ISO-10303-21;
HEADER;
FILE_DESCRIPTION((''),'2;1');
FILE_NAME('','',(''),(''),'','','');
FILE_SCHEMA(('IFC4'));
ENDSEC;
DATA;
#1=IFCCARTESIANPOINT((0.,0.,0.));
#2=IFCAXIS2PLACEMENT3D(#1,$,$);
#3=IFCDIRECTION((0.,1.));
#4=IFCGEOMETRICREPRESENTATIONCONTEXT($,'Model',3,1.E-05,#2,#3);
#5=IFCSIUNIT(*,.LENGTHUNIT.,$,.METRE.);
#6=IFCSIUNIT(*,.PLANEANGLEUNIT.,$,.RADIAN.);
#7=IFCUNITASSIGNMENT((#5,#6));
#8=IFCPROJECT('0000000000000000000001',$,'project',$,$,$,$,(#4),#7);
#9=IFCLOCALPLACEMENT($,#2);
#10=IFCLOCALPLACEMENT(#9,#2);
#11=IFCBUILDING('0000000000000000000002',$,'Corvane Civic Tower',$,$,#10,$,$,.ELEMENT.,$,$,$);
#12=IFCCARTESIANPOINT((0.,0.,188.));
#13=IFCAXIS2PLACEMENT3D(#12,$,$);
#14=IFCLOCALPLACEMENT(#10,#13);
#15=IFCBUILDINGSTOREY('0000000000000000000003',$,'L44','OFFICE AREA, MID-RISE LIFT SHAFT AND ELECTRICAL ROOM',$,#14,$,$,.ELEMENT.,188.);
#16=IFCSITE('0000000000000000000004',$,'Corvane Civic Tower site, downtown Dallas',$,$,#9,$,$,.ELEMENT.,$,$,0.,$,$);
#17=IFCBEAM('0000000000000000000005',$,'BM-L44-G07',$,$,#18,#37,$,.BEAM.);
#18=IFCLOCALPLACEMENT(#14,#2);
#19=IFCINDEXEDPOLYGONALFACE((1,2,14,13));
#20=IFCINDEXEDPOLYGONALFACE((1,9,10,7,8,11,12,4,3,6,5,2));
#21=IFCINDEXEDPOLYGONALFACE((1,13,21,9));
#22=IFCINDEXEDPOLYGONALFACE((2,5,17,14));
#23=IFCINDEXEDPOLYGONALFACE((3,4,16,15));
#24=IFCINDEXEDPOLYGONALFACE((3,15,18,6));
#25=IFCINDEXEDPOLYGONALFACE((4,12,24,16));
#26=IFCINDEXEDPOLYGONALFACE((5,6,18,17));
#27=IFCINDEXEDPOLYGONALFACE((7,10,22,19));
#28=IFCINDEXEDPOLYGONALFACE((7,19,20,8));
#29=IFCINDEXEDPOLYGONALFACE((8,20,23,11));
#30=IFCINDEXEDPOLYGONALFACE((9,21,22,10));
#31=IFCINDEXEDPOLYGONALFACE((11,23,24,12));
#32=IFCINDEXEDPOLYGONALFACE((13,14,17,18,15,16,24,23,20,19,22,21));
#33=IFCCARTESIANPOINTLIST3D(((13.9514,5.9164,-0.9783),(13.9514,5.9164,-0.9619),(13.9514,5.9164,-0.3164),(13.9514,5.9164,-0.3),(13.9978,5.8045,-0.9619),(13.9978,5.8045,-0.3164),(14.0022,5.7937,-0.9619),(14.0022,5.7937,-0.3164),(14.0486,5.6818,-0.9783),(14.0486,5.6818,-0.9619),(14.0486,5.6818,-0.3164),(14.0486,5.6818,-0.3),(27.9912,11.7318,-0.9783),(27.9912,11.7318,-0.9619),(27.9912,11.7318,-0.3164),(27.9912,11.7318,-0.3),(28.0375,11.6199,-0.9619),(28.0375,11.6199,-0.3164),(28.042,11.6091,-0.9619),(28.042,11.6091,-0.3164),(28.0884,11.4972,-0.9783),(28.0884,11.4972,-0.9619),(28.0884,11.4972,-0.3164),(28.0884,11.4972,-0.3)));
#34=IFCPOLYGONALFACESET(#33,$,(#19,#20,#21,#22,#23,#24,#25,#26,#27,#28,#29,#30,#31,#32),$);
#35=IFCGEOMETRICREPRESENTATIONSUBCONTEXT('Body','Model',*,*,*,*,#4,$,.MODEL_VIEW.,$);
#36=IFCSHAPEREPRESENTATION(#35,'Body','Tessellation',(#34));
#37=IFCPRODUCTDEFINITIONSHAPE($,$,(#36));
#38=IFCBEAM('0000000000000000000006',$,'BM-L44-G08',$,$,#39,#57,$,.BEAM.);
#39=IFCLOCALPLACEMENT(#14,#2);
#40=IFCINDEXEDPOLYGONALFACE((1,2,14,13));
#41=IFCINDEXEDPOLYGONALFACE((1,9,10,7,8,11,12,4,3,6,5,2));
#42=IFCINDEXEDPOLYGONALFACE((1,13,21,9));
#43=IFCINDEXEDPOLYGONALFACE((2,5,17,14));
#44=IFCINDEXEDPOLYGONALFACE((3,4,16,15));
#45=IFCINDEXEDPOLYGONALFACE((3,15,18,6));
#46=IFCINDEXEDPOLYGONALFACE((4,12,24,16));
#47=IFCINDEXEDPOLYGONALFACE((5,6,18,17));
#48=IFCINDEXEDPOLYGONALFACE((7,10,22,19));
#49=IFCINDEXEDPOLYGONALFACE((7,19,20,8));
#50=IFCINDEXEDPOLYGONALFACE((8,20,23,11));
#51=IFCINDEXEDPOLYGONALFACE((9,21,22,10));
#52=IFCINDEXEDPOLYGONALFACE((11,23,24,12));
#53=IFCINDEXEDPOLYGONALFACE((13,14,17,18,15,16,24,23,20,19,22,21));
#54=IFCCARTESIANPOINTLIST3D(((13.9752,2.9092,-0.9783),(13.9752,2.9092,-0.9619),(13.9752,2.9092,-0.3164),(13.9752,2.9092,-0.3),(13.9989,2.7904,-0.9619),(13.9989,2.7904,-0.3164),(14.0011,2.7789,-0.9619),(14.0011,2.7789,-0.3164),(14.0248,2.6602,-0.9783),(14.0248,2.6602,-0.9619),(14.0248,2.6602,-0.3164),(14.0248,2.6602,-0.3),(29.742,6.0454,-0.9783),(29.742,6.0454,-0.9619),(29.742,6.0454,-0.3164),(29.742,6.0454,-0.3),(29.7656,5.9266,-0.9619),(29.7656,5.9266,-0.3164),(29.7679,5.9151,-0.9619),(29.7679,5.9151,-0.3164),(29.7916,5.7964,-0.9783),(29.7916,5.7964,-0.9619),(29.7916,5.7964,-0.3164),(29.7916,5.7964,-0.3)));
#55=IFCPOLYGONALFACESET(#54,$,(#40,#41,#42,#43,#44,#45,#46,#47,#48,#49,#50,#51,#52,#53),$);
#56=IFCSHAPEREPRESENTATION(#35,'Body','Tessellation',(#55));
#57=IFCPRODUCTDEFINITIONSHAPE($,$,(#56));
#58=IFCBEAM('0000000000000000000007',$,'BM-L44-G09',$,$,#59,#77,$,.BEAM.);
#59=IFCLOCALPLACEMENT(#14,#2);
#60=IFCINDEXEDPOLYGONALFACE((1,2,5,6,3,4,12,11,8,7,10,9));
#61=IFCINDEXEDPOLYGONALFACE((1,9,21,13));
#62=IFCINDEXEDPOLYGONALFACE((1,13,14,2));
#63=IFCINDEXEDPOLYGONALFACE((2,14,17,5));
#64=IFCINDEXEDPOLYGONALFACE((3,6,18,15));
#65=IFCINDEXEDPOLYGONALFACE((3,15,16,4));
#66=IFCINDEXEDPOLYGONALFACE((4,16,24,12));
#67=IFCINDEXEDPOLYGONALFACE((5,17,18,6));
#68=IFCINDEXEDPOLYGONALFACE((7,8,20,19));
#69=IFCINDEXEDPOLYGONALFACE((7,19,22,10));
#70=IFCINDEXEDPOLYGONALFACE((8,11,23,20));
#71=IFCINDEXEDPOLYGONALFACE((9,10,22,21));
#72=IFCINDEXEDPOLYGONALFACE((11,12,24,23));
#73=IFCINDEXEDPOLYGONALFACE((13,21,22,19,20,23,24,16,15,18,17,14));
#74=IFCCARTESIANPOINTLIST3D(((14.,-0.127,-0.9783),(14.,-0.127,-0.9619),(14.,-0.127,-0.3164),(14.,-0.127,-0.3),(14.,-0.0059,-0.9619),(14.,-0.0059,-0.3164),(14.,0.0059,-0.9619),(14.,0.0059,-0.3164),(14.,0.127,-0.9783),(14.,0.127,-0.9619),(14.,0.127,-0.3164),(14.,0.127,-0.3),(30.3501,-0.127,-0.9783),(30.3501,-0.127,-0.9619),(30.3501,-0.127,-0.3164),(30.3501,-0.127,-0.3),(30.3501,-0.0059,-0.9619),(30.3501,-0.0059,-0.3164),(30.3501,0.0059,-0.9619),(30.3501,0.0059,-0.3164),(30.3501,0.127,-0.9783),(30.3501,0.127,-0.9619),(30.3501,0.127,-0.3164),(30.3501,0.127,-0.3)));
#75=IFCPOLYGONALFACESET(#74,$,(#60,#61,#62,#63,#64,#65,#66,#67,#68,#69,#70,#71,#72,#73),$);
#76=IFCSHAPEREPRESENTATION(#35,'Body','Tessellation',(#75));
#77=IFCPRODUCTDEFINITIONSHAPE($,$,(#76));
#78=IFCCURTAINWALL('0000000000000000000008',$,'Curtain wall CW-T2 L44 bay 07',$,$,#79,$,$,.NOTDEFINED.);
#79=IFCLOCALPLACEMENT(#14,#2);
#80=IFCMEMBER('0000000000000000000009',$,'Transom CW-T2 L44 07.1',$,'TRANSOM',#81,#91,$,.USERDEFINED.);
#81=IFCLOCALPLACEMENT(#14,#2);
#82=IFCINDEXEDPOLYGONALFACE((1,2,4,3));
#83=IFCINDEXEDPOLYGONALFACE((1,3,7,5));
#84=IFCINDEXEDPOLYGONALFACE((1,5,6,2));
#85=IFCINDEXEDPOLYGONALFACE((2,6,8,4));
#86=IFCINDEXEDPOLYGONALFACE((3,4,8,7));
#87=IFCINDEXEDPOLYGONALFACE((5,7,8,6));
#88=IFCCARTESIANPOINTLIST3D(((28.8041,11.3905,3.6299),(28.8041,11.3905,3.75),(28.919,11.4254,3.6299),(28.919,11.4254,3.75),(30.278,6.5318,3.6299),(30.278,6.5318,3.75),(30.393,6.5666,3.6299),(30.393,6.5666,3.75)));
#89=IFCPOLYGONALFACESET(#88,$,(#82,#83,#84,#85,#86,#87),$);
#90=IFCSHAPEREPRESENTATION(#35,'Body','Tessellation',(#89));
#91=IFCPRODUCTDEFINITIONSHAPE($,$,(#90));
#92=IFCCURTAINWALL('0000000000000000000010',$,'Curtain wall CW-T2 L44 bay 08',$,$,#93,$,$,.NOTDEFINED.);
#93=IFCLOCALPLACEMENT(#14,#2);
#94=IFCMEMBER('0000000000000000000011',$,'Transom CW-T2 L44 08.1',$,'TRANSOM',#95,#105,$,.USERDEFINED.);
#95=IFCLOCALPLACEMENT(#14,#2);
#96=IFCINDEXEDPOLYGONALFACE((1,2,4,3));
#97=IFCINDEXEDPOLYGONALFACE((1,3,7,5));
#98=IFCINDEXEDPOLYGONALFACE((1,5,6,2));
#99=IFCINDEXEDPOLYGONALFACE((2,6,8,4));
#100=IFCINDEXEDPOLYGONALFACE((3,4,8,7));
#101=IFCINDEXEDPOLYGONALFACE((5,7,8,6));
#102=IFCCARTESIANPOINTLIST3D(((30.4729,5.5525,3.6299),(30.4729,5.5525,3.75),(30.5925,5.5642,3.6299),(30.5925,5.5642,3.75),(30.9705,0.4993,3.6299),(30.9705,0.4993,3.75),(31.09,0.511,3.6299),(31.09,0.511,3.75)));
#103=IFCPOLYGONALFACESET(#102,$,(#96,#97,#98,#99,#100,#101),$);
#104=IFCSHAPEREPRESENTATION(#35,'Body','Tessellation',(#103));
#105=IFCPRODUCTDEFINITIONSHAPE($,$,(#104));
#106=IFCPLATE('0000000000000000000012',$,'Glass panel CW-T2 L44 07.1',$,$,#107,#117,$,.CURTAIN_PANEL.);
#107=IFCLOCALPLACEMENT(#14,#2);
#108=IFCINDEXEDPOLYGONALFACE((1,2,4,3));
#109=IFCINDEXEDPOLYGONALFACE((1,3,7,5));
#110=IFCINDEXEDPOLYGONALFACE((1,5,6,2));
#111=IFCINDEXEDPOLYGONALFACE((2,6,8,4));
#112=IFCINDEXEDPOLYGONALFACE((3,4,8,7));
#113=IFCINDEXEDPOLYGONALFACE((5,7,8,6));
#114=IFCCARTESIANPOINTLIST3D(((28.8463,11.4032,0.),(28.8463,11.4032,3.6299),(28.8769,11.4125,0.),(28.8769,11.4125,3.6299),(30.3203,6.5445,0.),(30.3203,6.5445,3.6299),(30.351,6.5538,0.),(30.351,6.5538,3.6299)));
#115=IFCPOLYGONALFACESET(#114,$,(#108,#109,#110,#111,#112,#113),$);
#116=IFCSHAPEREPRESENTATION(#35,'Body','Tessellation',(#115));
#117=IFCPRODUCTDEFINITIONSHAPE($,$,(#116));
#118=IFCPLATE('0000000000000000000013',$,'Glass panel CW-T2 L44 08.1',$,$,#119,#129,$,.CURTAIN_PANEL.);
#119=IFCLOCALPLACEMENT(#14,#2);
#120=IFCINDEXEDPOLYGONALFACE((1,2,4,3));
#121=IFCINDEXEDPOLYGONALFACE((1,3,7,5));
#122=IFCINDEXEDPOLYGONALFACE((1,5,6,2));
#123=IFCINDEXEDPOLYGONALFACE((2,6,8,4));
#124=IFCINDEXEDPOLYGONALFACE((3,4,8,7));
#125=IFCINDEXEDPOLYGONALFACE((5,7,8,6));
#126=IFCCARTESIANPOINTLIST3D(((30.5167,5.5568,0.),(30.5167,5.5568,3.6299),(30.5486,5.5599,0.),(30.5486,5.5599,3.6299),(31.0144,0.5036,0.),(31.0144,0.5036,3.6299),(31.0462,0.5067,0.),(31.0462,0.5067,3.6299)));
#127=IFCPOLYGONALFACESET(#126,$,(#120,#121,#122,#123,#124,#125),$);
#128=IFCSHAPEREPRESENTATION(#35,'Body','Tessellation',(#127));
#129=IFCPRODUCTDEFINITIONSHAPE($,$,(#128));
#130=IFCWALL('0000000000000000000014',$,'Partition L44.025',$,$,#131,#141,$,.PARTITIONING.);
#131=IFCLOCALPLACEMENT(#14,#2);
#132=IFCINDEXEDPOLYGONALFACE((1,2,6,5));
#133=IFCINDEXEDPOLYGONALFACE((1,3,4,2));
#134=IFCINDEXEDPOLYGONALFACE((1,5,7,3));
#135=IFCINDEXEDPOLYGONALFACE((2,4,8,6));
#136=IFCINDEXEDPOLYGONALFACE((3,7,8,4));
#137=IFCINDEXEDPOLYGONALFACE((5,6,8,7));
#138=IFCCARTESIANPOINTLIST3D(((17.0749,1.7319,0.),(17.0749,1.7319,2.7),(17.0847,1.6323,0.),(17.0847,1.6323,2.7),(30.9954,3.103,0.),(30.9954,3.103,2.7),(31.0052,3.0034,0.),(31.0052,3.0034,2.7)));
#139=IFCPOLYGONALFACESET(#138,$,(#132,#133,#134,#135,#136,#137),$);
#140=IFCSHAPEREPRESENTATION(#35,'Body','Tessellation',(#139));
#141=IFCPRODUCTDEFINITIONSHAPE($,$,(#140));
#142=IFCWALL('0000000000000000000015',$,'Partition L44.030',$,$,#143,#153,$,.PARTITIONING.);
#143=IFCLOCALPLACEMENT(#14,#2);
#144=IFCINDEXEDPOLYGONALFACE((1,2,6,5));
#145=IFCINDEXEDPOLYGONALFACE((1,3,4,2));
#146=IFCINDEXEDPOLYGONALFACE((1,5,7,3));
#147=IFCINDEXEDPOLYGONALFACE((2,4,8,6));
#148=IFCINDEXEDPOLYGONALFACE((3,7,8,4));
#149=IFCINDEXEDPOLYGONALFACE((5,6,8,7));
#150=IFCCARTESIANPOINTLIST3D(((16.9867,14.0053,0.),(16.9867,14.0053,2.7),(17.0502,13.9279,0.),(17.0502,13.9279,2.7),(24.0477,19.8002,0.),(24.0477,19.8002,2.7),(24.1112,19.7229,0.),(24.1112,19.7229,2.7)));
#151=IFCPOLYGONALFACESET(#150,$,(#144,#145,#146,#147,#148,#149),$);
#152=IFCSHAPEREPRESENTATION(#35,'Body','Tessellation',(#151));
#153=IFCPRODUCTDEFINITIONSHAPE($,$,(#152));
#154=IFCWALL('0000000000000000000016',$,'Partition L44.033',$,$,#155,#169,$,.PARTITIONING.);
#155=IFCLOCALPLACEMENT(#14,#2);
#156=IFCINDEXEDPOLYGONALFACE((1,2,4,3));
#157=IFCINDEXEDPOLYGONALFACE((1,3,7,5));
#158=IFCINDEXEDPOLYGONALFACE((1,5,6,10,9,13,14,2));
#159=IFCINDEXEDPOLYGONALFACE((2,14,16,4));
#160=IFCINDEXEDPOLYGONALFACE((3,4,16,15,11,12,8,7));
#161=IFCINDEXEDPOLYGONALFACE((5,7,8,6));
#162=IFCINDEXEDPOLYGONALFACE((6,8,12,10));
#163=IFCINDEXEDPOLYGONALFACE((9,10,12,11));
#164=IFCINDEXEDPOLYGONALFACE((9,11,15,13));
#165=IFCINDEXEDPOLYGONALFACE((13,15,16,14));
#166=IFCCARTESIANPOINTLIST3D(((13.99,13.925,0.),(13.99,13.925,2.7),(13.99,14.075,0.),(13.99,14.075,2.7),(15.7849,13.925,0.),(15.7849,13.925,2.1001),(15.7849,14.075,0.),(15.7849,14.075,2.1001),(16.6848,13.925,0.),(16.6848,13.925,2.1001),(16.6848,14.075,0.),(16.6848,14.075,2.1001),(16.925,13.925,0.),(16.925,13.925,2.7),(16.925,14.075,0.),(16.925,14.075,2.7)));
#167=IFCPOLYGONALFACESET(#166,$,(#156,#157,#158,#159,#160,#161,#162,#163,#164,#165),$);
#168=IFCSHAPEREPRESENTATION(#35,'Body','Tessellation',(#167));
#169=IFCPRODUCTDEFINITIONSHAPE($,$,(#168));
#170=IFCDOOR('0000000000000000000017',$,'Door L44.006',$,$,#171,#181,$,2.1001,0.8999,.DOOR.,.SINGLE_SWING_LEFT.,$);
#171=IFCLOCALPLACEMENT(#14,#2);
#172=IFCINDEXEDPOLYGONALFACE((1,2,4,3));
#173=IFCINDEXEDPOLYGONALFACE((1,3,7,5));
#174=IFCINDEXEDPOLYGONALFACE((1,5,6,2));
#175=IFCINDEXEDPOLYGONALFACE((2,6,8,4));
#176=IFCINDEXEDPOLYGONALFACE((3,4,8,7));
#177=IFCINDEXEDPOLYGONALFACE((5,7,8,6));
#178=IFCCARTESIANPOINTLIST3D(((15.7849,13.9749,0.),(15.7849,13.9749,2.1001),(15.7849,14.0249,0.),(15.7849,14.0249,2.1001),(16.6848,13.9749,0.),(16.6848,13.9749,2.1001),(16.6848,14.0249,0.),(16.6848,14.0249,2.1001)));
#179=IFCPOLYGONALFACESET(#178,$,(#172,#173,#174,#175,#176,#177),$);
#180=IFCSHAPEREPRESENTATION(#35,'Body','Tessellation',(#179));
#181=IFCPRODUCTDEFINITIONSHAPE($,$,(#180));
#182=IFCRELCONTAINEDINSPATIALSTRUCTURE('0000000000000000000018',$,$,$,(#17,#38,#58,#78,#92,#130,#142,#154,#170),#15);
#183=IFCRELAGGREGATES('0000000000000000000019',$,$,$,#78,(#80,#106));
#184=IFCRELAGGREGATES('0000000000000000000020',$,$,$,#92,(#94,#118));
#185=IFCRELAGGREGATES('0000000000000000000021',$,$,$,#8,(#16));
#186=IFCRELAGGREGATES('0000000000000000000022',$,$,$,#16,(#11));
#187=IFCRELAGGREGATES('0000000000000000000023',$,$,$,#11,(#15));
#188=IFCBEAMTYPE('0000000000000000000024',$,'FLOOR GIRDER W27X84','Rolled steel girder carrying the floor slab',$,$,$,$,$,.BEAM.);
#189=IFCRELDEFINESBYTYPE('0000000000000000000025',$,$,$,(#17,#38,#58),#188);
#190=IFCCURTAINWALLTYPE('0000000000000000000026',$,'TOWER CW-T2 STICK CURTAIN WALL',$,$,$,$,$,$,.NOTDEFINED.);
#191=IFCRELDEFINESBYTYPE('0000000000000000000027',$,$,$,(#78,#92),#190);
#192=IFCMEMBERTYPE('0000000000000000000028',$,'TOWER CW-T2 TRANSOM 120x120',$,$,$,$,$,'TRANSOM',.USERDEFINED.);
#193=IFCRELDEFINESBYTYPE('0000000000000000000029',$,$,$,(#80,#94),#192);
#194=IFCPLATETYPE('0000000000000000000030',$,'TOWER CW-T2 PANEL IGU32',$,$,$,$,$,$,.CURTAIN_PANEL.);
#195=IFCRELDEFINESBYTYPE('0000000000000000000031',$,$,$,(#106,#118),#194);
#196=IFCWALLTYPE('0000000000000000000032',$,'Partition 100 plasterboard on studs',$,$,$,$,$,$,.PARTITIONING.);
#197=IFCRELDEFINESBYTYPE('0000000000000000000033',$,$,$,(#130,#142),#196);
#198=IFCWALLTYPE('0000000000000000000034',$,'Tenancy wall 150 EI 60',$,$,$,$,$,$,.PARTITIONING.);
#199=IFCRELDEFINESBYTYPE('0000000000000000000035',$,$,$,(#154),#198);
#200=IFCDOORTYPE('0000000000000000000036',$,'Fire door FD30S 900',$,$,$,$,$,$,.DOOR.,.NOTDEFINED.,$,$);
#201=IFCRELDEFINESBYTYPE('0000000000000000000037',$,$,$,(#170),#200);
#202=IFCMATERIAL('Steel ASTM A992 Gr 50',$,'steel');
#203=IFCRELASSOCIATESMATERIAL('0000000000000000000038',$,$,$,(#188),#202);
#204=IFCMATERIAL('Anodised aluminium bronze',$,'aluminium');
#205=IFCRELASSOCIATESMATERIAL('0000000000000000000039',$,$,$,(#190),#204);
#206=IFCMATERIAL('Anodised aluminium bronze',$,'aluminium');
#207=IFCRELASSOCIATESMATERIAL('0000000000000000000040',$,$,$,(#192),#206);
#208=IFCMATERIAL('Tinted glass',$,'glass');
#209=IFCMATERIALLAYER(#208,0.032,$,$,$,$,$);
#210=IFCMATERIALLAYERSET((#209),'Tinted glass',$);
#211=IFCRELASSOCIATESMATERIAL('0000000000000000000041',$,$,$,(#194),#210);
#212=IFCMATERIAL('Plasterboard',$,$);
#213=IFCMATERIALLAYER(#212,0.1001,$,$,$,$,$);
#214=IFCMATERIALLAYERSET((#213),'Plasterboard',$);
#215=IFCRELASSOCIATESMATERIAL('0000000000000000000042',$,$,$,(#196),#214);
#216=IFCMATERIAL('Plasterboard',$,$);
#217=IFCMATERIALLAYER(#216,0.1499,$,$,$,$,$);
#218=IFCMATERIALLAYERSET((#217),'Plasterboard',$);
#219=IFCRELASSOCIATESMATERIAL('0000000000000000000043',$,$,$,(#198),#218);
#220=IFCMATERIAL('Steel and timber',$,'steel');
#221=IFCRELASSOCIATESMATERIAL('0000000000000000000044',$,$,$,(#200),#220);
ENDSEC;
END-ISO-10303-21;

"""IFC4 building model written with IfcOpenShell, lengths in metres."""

from ifc_helpers import new_model, si_unit, direction, frame, frame_2d, origin, origin_2d, place, context, subcontext, project, spatial, rectangle, i_section, extrude, material, layer, layer_set, material_profile, profile_set, type_object, element, fill, aggregate, save


model = new_model("IFC4")

# Units and contexts
model_context = context("Model", 3, precision=1e-05, world=origin(), true_north=direction((0.0, 1.0)))
body_context = subcontext(model_context, "Body", "Model", "MODEL_VIEW")
ifc_project = project(units=[si_unit("LENGTHUNIT", "METRE"), si_unit("PLANEANGLEUNIT", "RADIAN")], contexts=[model_context])

# Site, building, storey
site_placement = place(None, origin())
site = spatial("IfcSite", under=ifc_project, at=site_placement, Name="Corvane Civic Tower site, downtown Dallas", CompositionType="ELEMENT", RefElevation=0.0)
building_placement = place(site_placement, origin())
building = spatial("IfcBuilding", under=site, at=building_placement, Name="Corvane Civic Tower", CompositionType="ELEMENT")
storey_placement = place(building_placement, frame((0.0, 0.0, 188.0)))
storey = spatial("IfcBuildingStorey", under=building, at=storey_placement, Name="L44", Description="OFFICE AREA, MID-RISE LIFT SHAFT AND ELECTRICAL ROOM", CompositionType="ELEMENT", Elevation=188.0)

# Beams
ifc_material_1 = material(Name="Steel ASTM A992 Gr 50", Category="steel")
ifc_material_profile_1 = material_profile(ifc_material_1, i_section(OverallWidth=0.2539, OverallDepth=0.6782, WebThickness=0.0117, FlangeThickness=0.0164, at=origin_2d()), Name="W27X84")
ifc_profile_set_1 = profile_set([ifc_material_profile_1], Name="Steel ASTM A992 Gr 50")
beam_type_1 = type_object("IfcBeamType", Name="FLOOR GIRDER W27X84", Description="Rolled steel girder carrying the floor slab", PredefinedType="BEAM", material=ifc_profile_set_1)
beam_1_placement = place(storey_placement, frame((14.0, 5.7991, -0.6392), z_axis=(0.923881, 0.382681, 0.0), x_axis=(-0.382681, 0.923881, 0.0)))
element("IfcBeam", 1, at=beam_1_placement, inside=storey, type_object=beam_type_1, Name="BM-L44-G07", PredefinedType="BEAM", context=body_context, shape_type="SweptSolid", body=[
    extrude(i_section(OverallWidth=0.2539, OverallDepth=0.6782, WebThickness=0.0117, FlangeThickness=0.0164, at=origin_2d()), origin(), (0.0, 0.0, 1.0), 15.1965),
])
beam_2_placement = place(storey_placement, frame((14.0, 2.7847, -0.6392), z_axis=(0.980785, 0.195091, 0.0), x_axis=(-0.195091, 0.980785, 0.0)))
element("IfcBeam", 2, at=beam_2_placement, inside=storey, type_object=beam_type_1, Name="BM-L44-G08", PredefinedType="BEAM", context=body_context, shape_type="SweptSolid", body=[
    extrude(i_section(OverallWidth=0.2539, OverallDepth=0.6782, WebThickness=0.0117, FlangeThickness=0.0164, at=origin_2d()), origin(), (0.0, 0.0, 1.0), 16.0757),
])
beam_3_placement = place(storey_placement, frame((14.0, 0.0, -0.6392), z_axis=(1.0, 0.0, 0.0), x_axis=(0.0, 1.0, 0.0)))
element("IfcBeam", 3, at=beam_3_placement, inside=storey, type_object=beam_type_1, Name="BM-L44-G09", PredefinedType="BEAM", context=body_context, shape_type="SweptSolid", body=[
    extrude(i_section(OverallWidth=0.2539, OverallDepth=0.6782, WebThickness=0.0117, FlangeThickness=0.0164, at=origin_2d()), origin(), (0.0, 0.0, 1.0), 16.3501),
])

# Curtain walls, members
ifc_material_2 = material(Name="Anodised aluminium bronze", Category="aluminium")
curtain_wall_type = type_object("IfcCurtainWallType", Name="TOWER CW-T2 STICK CURTAIN WALL", PredefinedType="NOTDEFINED", material=ifc_material_2)
curtain_wall_1_placement = place(storey_placement, origin())
curtain_wall_1 = element("IfcCurtainWall", 4, at=curtain_wall_1_placement, inside=storey, type_object=curtain_wall_type, Name="Curtain wall CW-T2 L44 bay 07", PredefinedType="NOTDEFINED")
ifc_material_3 = material(Name="Anodised aluminium bronze", Category="aluminium")
ifc_material_profile_2 = material_profile(ifc_material_3, rectangle(XDim=0.1201, YDim=0.1201, at=origin_2d()), Name="TOWER CW-T2 TRANSOM 120x120")
ifc_profile_set_2 = profile_set([ifc_material_profile_2], Name="Anodised aluminium bronze")
member_type = type_object("IfcMemberType", Name="TOWER CW-T2 TRANSOM 120x120", ElementType="TRANSOM", PredefinedType="USERDEFINED", material=ifc_profile_set_2)
member_1_placement = place(storey_placement, frame((28.8616, 11.408, 3.6899), z_axis=(0.290289, -0.956939, 0.0), x_axis=(0.956939, 0.290289, 0.0)))
member_1 = element("IfcMember", 5, at=member_1_placement, type_object=member_type, Name="Transom CW-T2 L44 07.1", ObjectType="TRANSOM", PredefinedType="USERDEFINED", context=body_context, shape_type="SweptSolid", body=[
    extrude(rectangle(XDim=0.1201, YDim=0.1201, at=origin_2d()), origin(), (0.0, 0.0, 1.0), 5.0774),
])
curtain_wall_2_placement = place(storey_placement, origin())
curtain_wall_2 = element("IfcCurtainWall", 6, at=curtain_wall_2_placement, inside=storey, type_object=curtain_wall_type, Name="Curtain wall CW-T2 L44 bay 08", PredefinedType="NOTDEFINED")
member_2_placement = place(storey_placement, frame((30.5327, 5.5583, 3.6899), z_axis=(0.09799, -0.995187, 0.0), x_axis=(0.995187, 0.09799, 0.0)))
member_2 = element("IfcMember", 7, at=member_2_placement, type_object=member_type, Name="Transom CW-T2 L44 08.1", ObjectType="TRANSOM", PredefinedType="USERDEFINED", context=body_context, shape_type="SweptSolid", body=[
    extrude(rectangle(XDim=0.1201, YDim=0.1201, at=origin_2d()), origin(), (0.0, 0.0, 1.0), 5.0776),
])

# Plates
ifc_material_4 = material(Name="Tinted glass", Category="glass")
ifc_layer_1 = layer(ifc_material_4, 0.032)
ifc_layer_set_1 = layer_set([ifc_layer_1], Name="Tinted glass")
plate_type = type_object("IfcPlateType", Name="TOWER CW-T2 PANEL IGU32", PredefinedType="CURTAIN_PANEL", material=ifc_layer_set_1)
plate_1_placement = place(storey_placement, frame((29.5986, 8.9785, 0.0), z_axis=(0.0, 0.0, 1.0), x_axis=(0.290313, -0.956932, 0.0)))
plate_1 = element("IfcPlate", 8, at=plate_1_placement, type_object=plate_type, Name="Glass panel CW-T2 L44 07.1", PredefinedType="CURTAIN_PANEL", context=body_context, shape_type="SweptSolid", body=[
    extrude(rectangle(XDim=5.0774, YDim=0.032, at=origin_2d()), origin(), (0.0, 0.0, 1.0), 3.6299),
])
aggregate(curtain_wall_1, [member_1, plate_1])
plate_2_placement = place(storey_placement, frame((30.7815, 3.0317, 0.0), z_axis=(0.0, 0.0, 1.0), x_axis=(0.098012, -0.995185, 0.0)))
plate_2 = element("IfcPlate", 9, at=plate_2_placement, type_object=plate_type, Name="Glass panel CW-T2 L44 08.1", PredefinedType="CURTAIN_PANEL", context=body_context, shape_type="SweptSolid", body=[
    extrude(rectangle(XDim=5.0776, YDim=0.032, at=origin_2d()), origin(), (0.0, 0.0, 1.0), 3.6299),
])
aggregate(curtain_wall_2, [member_2, plate_2])

# Walls
ifc_material_5 = material(Name="Plasterboard")
ifc_layer_2 = layer(ifc_material_5, 0.1001)
ifc_layer_set_2 = layer_set([ifc_layer_2], Name="Plasterboard")
wall_type_1 = type_object("IfcWallType", Name="Partition 100 plasterboard on studs", PredefinedType="PARTITIONING", material=ifc_layer_set_2)
wall_1_placement = place(storey_placement, frame((17.0798, 1.6821, 0.0), z_axis=(0.0, 0.0, 1.0), x_axis=(0.995184, 0.098021, 0.0)))
element("IfcWall", 10, at=wall_1_placement, inside=storey, type_object=wall_type_1, Name="Partition L44.025", PredefinedType="PARTITIONING", context=body_context, shape_type="SweptSolid", body=[
    extrude(rectangle(XDim=13.9878, YDim=0.1001, at=frame_2d((6.9939, 0.0))), origin(), (0.0, 0.0, 1.0), 2.7),
])
wall_2_placement = place(storey_placement, frame((17.0183, 13.9666, 0.0), z_axis=(0.0, 0.0, 1.0), x_axis=(0.773006, 0.634399, 0.0)))
element("IfcWall", 11, at=wall_2_placement, inside=storey, type_object=wall_type_1, Name="Partition L44.030", PredefinedType="PARTITIONING", context=body_context, shape_type="SweptSolid", body=[
    extrude(rectangle(XDim=9.1345, YDim=0.1001, at=frame_2d((4.5674, 0.0))), origin(), (0.0, 0.0, 1.0), 2.7),
])

# Wall, opening, door
ifc_material_6 = material(Name="Plasterboard")
ifc_layer_3 = layer(ifc_material_6, 0.1499)
ifc_layer_set_3 = layer_set([ifc_layer_3], Name="Plasterboard")
wall_type_2 = type_object("IfcWallType", Name="Tenancy wall 150 EI 60", PredefinedType="PARTITIONING", material=ifc_layer_set_3)
wall_3_placement = place(storey_placement, frame((13.99, 14.0, 0.0), z_axis=(0.0, 0.0, 1.0), x_axis=(1.0, 0.0, 0.0)))
wall_3 = element("IfcWall", 12, at=wall_3_placement, inside=storey, type_object=wall_type_2, Name="Partition L44.033", PredefinedType="PARTITIONING", context=body_context, shape_type="SweptSolid", body=[
    extrude(rectangle(XDim=2.9351, YDim=0.1499, at=frame_2d((1.4675, 0.0))), origin(), (0.0, 0.0, 1.0), 2.7),
])
opening_placement = place(wall_3_placement, frame((1.7949, 0.0, 0.0)))
opening = element("IfcOpeningElement", 13, at=opening_placement, cuts=wall_3, PredefinedType="OPENING", context=body_context, shape_type="SweptSolid", body=[
    extrude(rectangle(XDim=0.8999, YDim=2.1001, at=frame_2d((0.45, 1.05))), frame((0.0, 0.085, 0.0), z_axis=(0.0, -1.0, 0.0), x_axis=(1.0, 0.0, 0.0)), (0.0, 0.0, 1.0), 0.1699),
])
ifc_material_7 = material(Name="Steel and timber", Category="steel")
door_type = type_object("IfcDoorType", Name="Fire door FD30S 900", OperationType="NOTDEFINED", PredefinedType="DOOR", material=ifc_material_7)
door_placement = place(opening_placement, origin())
door = element("IfcDoor", 14, at=door_placement, inside=storey, type_object=door_type, Name="Door L44.006", OperationType="SINGLE_SWING_LEFT", OverallHeight=2.1001, OverallWidth=0.8999, PredefinedType="DOOR", context=body_context, shape_type="SweptSolid", body=[
    extrude(rectangle(XDim=0.8999, YDim=2.1001, at=frame_2d((0.45, 1.05))), frame((0.0, 0.0249, 0.0), z_axis=(0.0, -1.0, 0.0), x_axis=(1.0, 0.0, 0.0)), (0.0, 0.0, 1.0), 0.05),
])
fill(opening, door)

save(model, "model.ifc")
